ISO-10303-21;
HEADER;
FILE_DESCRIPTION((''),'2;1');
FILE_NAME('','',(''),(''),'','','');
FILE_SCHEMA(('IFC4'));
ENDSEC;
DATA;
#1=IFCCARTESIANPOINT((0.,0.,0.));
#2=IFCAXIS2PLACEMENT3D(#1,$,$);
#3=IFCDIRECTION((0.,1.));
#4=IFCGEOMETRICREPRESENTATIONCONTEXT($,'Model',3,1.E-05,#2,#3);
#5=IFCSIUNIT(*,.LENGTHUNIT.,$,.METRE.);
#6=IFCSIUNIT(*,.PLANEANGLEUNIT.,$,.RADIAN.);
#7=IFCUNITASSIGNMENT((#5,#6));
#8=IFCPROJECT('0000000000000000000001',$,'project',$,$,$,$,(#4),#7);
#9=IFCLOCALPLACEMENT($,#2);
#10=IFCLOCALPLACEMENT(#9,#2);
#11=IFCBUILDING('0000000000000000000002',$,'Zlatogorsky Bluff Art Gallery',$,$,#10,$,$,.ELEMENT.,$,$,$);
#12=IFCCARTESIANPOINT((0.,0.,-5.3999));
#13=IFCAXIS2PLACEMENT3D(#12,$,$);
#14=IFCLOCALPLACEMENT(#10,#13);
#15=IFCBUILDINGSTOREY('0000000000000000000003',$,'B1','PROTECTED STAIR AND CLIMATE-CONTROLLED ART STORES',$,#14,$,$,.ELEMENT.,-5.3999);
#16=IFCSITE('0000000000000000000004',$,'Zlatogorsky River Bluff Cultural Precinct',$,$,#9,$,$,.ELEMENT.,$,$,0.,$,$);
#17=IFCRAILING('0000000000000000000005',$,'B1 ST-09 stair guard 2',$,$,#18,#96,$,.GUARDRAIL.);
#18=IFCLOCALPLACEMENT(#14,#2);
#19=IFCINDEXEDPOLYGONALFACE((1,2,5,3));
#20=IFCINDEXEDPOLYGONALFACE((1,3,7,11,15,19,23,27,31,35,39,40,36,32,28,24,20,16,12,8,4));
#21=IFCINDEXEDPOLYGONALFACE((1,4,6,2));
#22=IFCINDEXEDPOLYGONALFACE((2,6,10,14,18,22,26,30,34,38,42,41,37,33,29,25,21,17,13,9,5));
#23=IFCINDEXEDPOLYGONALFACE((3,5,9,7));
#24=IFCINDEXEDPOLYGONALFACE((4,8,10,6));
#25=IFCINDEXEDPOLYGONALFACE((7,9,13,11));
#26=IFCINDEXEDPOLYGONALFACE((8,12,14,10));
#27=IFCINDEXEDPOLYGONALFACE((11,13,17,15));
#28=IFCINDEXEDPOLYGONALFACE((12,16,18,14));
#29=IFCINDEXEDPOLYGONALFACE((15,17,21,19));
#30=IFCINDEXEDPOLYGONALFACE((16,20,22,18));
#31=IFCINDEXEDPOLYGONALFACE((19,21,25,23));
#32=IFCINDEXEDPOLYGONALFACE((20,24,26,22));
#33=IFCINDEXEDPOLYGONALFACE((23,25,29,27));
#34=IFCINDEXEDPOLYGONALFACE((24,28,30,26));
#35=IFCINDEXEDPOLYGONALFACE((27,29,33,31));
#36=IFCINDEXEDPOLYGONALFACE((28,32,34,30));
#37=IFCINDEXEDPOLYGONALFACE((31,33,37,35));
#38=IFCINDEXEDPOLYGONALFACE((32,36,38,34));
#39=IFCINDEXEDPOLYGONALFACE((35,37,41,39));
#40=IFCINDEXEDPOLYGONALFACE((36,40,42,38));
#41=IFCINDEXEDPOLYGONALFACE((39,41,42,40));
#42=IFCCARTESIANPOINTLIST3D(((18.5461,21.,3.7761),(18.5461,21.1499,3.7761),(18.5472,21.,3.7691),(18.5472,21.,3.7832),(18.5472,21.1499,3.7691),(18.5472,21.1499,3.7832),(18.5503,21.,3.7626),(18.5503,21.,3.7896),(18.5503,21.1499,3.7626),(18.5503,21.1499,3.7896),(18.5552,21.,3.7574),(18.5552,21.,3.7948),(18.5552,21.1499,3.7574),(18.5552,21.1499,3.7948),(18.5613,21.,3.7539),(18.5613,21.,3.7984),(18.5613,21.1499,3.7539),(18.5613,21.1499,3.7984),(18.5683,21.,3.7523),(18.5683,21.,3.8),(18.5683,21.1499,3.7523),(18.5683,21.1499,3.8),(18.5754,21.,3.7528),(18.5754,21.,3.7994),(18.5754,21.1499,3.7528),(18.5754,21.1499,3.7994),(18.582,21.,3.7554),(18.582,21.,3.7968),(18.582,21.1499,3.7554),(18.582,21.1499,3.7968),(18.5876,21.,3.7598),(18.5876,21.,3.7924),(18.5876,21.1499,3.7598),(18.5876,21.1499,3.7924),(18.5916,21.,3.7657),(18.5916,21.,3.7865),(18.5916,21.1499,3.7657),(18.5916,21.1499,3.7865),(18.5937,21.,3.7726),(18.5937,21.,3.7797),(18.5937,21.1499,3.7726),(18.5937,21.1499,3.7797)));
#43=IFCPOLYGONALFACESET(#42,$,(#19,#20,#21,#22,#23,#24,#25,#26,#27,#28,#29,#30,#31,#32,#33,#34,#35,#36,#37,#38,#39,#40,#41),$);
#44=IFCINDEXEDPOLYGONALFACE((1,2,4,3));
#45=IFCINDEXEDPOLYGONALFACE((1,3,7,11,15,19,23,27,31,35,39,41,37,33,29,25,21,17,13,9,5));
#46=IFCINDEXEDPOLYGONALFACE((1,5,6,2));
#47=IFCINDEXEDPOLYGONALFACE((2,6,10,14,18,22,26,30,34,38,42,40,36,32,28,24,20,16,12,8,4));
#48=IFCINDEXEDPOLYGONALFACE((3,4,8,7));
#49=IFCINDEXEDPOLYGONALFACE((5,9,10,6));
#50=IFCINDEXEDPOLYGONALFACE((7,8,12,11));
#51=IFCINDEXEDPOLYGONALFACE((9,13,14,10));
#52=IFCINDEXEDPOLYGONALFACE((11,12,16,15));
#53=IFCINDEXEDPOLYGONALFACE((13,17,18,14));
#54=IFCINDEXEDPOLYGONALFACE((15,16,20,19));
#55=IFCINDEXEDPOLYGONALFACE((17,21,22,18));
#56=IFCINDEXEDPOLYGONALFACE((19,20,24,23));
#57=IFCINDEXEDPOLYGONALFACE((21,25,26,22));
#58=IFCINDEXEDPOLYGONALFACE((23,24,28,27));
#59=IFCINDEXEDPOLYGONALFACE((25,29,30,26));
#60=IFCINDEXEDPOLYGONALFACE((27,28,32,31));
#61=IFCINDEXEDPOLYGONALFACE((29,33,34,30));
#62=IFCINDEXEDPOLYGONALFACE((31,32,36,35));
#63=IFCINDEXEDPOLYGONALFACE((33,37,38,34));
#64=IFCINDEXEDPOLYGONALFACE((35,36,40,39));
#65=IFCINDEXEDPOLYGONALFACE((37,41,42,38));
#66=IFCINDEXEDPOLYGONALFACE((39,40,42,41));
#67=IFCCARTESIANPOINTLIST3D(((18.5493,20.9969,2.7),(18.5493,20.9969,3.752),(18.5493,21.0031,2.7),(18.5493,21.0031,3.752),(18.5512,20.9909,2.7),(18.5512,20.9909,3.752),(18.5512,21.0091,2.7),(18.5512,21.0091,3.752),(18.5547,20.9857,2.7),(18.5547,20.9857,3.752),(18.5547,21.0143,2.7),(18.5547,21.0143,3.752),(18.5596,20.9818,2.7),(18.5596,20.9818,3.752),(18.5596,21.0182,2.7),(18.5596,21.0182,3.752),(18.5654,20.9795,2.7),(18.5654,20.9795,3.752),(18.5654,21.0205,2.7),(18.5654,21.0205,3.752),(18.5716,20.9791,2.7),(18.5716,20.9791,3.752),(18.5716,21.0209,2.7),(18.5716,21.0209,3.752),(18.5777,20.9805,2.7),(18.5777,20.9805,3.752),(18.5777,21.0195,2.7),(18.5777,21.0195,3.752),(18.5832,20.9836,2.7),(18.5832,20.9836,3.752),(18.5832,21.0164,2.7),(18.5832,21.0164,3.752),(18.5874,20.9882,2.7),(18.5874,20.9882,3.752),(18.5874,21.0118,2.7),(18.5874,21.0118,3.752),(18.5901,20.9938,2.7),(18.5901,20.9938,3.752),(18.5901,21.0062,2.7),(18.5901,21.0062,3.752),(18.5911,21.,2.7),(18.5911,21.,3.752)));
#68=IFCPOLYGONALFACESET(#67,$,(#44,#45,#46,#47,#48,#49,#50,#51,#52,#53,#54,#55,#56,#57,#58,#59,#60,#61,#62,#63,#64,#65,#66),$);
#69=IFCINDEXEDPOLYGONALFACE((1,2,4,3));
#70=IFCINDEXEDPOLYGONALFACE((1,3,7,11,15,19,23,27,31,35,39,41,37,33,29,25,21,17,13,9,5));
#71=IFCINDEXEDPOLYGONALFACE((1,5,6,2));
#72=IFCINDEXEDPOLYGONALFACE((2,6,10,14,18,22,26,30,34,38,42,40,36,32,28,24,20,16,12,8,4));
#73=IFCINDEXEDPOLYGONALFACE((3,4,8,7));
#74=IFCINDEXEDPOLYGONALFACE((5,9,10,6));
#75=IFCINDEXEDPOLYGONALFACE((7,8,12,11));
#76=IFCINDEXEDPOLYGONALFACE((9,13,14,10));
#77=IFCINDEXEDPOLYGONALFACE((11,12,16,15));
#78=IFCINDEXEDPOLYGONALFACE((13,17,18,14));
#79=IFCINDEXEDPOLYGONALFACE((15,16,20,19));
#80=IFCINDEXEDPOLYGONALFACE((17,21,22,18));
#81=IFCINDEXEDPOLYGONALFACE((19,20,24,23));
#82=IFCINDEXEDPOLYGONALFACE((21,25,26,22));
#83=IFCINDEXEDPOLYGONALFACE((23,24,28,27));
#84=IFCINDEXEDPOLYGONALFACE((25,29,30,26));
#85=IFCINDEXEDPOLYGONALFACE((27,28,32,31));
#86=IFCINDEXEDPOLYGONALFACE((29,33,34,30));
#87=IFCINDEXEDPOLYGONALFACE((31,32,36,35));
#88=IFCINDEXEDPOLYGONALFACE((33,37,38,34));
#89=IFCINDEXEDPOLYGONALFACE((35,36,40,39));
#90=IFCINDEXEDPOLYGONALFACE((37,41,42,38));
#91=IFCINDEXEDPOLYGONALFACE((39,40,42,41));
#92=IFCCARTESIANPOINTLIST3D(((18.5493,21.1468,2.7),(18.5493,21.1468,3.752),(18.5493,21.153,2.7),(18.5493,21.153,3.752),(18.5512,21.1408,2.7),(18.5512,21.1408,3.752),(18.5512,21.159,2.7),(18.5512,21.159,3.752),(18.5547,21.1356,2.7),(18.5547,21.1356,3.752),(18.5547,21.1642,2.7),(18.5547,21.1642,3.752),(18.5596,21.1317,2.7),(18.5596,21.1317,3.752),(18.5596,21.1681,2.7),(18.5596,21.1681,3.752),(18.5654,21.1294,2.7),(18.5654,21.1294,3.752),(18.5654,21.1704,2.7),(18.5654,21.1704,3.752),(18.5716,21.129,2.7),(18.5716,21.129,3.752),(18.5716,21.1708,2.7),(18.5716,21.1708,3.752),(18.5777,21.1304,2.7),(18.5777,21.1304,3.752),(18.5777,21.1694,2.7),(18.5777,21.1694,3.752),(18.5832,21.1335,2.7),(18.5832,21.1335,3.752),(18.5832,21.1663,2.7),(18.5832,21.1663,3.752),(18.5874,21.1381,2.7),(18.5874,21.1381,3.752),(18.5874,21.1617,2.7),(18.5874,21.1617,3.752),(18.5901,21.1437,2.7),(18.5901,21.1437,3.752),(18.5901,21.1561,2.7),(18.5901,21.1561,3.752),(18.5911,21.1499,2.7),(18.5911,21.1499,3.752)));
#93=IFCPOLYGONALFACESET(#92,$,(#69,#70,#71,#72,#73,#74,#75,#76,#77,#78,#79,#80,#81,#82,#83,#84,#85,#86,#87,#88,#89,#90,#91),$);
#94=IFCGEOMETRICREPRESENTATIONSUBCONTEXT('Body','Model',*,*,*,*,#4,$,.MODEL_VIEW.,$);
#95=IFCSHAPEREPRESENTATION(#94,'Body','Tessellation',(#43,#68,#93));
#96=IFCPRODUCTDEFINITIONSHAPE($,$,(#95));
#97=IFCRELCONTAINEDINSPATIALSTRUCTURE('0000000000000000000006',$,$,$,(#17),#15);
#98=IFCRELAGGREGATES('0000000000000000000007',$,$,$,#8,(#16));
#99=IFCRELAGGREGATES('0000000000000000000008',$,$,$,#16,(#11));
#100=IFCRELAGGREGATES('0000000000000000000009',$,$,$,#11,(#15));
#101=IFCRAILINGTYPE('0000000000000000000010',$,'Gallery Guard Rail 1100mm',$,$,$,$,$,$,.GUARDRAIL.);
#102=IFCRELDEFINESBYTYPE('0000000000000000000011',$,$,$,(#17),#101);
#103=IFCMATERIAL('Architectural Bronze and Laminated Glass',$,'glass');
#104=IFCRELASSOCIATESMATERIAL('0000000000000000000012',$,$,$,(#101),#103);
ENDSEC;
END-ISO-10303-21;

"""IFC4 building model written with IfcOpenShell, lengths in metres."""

from ifc_helpers import new_model, si_unit, direction, frame, origin, origin_2d, place, context, subcontext, project, spatial, circle, extrude, material, type_object, element, save


model = new_model("IFC4")

# Units and contexts
model_context = context("Model", 3, precision=1e-05, world=origin(), true_north=direction((0.0, 1.0)))
body_context = subcontext(model_context, "Body", "Model", "MODEL_VIEW")
ifc_project = project(units=[si_unit("LENGTHUNIT", "METRE"), si_unit("PLANEANGLEUNIT", "RADIAN")], contexts=[model_context])

# Site, building, storey
site_placement = place(None, origin())
site = spatial("IfcSite", under=ifc_project, at=site_placement, Name="Zlatogorsky River Bluff Cultural Precinct", CompositionType="ELEMENT", RefElevation=0.0)
building_placement = place(site_placement, origin())
building = spatial("IfcBuilding", under=site, at=building_placement, Name="Zlatogorsky Bluff Art Gallery", CompositionType="ELEMENT")
storey_placement = place(building_placement, frame((0.0, 0.0, -5.3999)))
storey = spatial("IfcBuildingStorey", under=building, at=storey_placement, Name="B1", Description="PROTECTED STAIR AND CLIMATE-CONTROLLED ART STORES", CompositionType="ELEMENT", Elevation=-5.3999)

# Railing
ifc_material_1 = material(Name="Architectural Bronze and Laminated Glass", Category="glass")
railing_type_1 = type_object("IfcRailingType", Name="Gallery Guard Rail 1100mm", PredefinedType="GUARDRAIL", material=ifc_material_1)
railing_1_placement = place(storey_placement, frame((18.5701, 21.0, 2.7)))
element("IfcRailing", 1, at=railing_1_placement, inside=storey, type_object=railing_type_1, Name="B1 ST-09 stair guard 2", PredefinedType="GUARDRAIL", context=body_context, shape_type="SweptSolid", body=[
    extrude(circle(Radius=0.0239, at=origin_2d()), frame((0.0, 0.0, 1.0762), z_axis=(0.0, 1.0, 0.0), x_axis=(-1.0, 0.0, 0.0)), (0.0, 0.0, 1.0), 0.1499),
    extrude(circle(Radius=0.021, at=origin_2d()), origin(), (0.0, 0.0, 1.0), 1.052),
    extrude(circle(Radius=0.021, at=origin_2d()), frame((0.0, 0.1499, 0.0)), (0.0, 0.0, 1.0), 1.052),
])

save(model, "model.ifc")
